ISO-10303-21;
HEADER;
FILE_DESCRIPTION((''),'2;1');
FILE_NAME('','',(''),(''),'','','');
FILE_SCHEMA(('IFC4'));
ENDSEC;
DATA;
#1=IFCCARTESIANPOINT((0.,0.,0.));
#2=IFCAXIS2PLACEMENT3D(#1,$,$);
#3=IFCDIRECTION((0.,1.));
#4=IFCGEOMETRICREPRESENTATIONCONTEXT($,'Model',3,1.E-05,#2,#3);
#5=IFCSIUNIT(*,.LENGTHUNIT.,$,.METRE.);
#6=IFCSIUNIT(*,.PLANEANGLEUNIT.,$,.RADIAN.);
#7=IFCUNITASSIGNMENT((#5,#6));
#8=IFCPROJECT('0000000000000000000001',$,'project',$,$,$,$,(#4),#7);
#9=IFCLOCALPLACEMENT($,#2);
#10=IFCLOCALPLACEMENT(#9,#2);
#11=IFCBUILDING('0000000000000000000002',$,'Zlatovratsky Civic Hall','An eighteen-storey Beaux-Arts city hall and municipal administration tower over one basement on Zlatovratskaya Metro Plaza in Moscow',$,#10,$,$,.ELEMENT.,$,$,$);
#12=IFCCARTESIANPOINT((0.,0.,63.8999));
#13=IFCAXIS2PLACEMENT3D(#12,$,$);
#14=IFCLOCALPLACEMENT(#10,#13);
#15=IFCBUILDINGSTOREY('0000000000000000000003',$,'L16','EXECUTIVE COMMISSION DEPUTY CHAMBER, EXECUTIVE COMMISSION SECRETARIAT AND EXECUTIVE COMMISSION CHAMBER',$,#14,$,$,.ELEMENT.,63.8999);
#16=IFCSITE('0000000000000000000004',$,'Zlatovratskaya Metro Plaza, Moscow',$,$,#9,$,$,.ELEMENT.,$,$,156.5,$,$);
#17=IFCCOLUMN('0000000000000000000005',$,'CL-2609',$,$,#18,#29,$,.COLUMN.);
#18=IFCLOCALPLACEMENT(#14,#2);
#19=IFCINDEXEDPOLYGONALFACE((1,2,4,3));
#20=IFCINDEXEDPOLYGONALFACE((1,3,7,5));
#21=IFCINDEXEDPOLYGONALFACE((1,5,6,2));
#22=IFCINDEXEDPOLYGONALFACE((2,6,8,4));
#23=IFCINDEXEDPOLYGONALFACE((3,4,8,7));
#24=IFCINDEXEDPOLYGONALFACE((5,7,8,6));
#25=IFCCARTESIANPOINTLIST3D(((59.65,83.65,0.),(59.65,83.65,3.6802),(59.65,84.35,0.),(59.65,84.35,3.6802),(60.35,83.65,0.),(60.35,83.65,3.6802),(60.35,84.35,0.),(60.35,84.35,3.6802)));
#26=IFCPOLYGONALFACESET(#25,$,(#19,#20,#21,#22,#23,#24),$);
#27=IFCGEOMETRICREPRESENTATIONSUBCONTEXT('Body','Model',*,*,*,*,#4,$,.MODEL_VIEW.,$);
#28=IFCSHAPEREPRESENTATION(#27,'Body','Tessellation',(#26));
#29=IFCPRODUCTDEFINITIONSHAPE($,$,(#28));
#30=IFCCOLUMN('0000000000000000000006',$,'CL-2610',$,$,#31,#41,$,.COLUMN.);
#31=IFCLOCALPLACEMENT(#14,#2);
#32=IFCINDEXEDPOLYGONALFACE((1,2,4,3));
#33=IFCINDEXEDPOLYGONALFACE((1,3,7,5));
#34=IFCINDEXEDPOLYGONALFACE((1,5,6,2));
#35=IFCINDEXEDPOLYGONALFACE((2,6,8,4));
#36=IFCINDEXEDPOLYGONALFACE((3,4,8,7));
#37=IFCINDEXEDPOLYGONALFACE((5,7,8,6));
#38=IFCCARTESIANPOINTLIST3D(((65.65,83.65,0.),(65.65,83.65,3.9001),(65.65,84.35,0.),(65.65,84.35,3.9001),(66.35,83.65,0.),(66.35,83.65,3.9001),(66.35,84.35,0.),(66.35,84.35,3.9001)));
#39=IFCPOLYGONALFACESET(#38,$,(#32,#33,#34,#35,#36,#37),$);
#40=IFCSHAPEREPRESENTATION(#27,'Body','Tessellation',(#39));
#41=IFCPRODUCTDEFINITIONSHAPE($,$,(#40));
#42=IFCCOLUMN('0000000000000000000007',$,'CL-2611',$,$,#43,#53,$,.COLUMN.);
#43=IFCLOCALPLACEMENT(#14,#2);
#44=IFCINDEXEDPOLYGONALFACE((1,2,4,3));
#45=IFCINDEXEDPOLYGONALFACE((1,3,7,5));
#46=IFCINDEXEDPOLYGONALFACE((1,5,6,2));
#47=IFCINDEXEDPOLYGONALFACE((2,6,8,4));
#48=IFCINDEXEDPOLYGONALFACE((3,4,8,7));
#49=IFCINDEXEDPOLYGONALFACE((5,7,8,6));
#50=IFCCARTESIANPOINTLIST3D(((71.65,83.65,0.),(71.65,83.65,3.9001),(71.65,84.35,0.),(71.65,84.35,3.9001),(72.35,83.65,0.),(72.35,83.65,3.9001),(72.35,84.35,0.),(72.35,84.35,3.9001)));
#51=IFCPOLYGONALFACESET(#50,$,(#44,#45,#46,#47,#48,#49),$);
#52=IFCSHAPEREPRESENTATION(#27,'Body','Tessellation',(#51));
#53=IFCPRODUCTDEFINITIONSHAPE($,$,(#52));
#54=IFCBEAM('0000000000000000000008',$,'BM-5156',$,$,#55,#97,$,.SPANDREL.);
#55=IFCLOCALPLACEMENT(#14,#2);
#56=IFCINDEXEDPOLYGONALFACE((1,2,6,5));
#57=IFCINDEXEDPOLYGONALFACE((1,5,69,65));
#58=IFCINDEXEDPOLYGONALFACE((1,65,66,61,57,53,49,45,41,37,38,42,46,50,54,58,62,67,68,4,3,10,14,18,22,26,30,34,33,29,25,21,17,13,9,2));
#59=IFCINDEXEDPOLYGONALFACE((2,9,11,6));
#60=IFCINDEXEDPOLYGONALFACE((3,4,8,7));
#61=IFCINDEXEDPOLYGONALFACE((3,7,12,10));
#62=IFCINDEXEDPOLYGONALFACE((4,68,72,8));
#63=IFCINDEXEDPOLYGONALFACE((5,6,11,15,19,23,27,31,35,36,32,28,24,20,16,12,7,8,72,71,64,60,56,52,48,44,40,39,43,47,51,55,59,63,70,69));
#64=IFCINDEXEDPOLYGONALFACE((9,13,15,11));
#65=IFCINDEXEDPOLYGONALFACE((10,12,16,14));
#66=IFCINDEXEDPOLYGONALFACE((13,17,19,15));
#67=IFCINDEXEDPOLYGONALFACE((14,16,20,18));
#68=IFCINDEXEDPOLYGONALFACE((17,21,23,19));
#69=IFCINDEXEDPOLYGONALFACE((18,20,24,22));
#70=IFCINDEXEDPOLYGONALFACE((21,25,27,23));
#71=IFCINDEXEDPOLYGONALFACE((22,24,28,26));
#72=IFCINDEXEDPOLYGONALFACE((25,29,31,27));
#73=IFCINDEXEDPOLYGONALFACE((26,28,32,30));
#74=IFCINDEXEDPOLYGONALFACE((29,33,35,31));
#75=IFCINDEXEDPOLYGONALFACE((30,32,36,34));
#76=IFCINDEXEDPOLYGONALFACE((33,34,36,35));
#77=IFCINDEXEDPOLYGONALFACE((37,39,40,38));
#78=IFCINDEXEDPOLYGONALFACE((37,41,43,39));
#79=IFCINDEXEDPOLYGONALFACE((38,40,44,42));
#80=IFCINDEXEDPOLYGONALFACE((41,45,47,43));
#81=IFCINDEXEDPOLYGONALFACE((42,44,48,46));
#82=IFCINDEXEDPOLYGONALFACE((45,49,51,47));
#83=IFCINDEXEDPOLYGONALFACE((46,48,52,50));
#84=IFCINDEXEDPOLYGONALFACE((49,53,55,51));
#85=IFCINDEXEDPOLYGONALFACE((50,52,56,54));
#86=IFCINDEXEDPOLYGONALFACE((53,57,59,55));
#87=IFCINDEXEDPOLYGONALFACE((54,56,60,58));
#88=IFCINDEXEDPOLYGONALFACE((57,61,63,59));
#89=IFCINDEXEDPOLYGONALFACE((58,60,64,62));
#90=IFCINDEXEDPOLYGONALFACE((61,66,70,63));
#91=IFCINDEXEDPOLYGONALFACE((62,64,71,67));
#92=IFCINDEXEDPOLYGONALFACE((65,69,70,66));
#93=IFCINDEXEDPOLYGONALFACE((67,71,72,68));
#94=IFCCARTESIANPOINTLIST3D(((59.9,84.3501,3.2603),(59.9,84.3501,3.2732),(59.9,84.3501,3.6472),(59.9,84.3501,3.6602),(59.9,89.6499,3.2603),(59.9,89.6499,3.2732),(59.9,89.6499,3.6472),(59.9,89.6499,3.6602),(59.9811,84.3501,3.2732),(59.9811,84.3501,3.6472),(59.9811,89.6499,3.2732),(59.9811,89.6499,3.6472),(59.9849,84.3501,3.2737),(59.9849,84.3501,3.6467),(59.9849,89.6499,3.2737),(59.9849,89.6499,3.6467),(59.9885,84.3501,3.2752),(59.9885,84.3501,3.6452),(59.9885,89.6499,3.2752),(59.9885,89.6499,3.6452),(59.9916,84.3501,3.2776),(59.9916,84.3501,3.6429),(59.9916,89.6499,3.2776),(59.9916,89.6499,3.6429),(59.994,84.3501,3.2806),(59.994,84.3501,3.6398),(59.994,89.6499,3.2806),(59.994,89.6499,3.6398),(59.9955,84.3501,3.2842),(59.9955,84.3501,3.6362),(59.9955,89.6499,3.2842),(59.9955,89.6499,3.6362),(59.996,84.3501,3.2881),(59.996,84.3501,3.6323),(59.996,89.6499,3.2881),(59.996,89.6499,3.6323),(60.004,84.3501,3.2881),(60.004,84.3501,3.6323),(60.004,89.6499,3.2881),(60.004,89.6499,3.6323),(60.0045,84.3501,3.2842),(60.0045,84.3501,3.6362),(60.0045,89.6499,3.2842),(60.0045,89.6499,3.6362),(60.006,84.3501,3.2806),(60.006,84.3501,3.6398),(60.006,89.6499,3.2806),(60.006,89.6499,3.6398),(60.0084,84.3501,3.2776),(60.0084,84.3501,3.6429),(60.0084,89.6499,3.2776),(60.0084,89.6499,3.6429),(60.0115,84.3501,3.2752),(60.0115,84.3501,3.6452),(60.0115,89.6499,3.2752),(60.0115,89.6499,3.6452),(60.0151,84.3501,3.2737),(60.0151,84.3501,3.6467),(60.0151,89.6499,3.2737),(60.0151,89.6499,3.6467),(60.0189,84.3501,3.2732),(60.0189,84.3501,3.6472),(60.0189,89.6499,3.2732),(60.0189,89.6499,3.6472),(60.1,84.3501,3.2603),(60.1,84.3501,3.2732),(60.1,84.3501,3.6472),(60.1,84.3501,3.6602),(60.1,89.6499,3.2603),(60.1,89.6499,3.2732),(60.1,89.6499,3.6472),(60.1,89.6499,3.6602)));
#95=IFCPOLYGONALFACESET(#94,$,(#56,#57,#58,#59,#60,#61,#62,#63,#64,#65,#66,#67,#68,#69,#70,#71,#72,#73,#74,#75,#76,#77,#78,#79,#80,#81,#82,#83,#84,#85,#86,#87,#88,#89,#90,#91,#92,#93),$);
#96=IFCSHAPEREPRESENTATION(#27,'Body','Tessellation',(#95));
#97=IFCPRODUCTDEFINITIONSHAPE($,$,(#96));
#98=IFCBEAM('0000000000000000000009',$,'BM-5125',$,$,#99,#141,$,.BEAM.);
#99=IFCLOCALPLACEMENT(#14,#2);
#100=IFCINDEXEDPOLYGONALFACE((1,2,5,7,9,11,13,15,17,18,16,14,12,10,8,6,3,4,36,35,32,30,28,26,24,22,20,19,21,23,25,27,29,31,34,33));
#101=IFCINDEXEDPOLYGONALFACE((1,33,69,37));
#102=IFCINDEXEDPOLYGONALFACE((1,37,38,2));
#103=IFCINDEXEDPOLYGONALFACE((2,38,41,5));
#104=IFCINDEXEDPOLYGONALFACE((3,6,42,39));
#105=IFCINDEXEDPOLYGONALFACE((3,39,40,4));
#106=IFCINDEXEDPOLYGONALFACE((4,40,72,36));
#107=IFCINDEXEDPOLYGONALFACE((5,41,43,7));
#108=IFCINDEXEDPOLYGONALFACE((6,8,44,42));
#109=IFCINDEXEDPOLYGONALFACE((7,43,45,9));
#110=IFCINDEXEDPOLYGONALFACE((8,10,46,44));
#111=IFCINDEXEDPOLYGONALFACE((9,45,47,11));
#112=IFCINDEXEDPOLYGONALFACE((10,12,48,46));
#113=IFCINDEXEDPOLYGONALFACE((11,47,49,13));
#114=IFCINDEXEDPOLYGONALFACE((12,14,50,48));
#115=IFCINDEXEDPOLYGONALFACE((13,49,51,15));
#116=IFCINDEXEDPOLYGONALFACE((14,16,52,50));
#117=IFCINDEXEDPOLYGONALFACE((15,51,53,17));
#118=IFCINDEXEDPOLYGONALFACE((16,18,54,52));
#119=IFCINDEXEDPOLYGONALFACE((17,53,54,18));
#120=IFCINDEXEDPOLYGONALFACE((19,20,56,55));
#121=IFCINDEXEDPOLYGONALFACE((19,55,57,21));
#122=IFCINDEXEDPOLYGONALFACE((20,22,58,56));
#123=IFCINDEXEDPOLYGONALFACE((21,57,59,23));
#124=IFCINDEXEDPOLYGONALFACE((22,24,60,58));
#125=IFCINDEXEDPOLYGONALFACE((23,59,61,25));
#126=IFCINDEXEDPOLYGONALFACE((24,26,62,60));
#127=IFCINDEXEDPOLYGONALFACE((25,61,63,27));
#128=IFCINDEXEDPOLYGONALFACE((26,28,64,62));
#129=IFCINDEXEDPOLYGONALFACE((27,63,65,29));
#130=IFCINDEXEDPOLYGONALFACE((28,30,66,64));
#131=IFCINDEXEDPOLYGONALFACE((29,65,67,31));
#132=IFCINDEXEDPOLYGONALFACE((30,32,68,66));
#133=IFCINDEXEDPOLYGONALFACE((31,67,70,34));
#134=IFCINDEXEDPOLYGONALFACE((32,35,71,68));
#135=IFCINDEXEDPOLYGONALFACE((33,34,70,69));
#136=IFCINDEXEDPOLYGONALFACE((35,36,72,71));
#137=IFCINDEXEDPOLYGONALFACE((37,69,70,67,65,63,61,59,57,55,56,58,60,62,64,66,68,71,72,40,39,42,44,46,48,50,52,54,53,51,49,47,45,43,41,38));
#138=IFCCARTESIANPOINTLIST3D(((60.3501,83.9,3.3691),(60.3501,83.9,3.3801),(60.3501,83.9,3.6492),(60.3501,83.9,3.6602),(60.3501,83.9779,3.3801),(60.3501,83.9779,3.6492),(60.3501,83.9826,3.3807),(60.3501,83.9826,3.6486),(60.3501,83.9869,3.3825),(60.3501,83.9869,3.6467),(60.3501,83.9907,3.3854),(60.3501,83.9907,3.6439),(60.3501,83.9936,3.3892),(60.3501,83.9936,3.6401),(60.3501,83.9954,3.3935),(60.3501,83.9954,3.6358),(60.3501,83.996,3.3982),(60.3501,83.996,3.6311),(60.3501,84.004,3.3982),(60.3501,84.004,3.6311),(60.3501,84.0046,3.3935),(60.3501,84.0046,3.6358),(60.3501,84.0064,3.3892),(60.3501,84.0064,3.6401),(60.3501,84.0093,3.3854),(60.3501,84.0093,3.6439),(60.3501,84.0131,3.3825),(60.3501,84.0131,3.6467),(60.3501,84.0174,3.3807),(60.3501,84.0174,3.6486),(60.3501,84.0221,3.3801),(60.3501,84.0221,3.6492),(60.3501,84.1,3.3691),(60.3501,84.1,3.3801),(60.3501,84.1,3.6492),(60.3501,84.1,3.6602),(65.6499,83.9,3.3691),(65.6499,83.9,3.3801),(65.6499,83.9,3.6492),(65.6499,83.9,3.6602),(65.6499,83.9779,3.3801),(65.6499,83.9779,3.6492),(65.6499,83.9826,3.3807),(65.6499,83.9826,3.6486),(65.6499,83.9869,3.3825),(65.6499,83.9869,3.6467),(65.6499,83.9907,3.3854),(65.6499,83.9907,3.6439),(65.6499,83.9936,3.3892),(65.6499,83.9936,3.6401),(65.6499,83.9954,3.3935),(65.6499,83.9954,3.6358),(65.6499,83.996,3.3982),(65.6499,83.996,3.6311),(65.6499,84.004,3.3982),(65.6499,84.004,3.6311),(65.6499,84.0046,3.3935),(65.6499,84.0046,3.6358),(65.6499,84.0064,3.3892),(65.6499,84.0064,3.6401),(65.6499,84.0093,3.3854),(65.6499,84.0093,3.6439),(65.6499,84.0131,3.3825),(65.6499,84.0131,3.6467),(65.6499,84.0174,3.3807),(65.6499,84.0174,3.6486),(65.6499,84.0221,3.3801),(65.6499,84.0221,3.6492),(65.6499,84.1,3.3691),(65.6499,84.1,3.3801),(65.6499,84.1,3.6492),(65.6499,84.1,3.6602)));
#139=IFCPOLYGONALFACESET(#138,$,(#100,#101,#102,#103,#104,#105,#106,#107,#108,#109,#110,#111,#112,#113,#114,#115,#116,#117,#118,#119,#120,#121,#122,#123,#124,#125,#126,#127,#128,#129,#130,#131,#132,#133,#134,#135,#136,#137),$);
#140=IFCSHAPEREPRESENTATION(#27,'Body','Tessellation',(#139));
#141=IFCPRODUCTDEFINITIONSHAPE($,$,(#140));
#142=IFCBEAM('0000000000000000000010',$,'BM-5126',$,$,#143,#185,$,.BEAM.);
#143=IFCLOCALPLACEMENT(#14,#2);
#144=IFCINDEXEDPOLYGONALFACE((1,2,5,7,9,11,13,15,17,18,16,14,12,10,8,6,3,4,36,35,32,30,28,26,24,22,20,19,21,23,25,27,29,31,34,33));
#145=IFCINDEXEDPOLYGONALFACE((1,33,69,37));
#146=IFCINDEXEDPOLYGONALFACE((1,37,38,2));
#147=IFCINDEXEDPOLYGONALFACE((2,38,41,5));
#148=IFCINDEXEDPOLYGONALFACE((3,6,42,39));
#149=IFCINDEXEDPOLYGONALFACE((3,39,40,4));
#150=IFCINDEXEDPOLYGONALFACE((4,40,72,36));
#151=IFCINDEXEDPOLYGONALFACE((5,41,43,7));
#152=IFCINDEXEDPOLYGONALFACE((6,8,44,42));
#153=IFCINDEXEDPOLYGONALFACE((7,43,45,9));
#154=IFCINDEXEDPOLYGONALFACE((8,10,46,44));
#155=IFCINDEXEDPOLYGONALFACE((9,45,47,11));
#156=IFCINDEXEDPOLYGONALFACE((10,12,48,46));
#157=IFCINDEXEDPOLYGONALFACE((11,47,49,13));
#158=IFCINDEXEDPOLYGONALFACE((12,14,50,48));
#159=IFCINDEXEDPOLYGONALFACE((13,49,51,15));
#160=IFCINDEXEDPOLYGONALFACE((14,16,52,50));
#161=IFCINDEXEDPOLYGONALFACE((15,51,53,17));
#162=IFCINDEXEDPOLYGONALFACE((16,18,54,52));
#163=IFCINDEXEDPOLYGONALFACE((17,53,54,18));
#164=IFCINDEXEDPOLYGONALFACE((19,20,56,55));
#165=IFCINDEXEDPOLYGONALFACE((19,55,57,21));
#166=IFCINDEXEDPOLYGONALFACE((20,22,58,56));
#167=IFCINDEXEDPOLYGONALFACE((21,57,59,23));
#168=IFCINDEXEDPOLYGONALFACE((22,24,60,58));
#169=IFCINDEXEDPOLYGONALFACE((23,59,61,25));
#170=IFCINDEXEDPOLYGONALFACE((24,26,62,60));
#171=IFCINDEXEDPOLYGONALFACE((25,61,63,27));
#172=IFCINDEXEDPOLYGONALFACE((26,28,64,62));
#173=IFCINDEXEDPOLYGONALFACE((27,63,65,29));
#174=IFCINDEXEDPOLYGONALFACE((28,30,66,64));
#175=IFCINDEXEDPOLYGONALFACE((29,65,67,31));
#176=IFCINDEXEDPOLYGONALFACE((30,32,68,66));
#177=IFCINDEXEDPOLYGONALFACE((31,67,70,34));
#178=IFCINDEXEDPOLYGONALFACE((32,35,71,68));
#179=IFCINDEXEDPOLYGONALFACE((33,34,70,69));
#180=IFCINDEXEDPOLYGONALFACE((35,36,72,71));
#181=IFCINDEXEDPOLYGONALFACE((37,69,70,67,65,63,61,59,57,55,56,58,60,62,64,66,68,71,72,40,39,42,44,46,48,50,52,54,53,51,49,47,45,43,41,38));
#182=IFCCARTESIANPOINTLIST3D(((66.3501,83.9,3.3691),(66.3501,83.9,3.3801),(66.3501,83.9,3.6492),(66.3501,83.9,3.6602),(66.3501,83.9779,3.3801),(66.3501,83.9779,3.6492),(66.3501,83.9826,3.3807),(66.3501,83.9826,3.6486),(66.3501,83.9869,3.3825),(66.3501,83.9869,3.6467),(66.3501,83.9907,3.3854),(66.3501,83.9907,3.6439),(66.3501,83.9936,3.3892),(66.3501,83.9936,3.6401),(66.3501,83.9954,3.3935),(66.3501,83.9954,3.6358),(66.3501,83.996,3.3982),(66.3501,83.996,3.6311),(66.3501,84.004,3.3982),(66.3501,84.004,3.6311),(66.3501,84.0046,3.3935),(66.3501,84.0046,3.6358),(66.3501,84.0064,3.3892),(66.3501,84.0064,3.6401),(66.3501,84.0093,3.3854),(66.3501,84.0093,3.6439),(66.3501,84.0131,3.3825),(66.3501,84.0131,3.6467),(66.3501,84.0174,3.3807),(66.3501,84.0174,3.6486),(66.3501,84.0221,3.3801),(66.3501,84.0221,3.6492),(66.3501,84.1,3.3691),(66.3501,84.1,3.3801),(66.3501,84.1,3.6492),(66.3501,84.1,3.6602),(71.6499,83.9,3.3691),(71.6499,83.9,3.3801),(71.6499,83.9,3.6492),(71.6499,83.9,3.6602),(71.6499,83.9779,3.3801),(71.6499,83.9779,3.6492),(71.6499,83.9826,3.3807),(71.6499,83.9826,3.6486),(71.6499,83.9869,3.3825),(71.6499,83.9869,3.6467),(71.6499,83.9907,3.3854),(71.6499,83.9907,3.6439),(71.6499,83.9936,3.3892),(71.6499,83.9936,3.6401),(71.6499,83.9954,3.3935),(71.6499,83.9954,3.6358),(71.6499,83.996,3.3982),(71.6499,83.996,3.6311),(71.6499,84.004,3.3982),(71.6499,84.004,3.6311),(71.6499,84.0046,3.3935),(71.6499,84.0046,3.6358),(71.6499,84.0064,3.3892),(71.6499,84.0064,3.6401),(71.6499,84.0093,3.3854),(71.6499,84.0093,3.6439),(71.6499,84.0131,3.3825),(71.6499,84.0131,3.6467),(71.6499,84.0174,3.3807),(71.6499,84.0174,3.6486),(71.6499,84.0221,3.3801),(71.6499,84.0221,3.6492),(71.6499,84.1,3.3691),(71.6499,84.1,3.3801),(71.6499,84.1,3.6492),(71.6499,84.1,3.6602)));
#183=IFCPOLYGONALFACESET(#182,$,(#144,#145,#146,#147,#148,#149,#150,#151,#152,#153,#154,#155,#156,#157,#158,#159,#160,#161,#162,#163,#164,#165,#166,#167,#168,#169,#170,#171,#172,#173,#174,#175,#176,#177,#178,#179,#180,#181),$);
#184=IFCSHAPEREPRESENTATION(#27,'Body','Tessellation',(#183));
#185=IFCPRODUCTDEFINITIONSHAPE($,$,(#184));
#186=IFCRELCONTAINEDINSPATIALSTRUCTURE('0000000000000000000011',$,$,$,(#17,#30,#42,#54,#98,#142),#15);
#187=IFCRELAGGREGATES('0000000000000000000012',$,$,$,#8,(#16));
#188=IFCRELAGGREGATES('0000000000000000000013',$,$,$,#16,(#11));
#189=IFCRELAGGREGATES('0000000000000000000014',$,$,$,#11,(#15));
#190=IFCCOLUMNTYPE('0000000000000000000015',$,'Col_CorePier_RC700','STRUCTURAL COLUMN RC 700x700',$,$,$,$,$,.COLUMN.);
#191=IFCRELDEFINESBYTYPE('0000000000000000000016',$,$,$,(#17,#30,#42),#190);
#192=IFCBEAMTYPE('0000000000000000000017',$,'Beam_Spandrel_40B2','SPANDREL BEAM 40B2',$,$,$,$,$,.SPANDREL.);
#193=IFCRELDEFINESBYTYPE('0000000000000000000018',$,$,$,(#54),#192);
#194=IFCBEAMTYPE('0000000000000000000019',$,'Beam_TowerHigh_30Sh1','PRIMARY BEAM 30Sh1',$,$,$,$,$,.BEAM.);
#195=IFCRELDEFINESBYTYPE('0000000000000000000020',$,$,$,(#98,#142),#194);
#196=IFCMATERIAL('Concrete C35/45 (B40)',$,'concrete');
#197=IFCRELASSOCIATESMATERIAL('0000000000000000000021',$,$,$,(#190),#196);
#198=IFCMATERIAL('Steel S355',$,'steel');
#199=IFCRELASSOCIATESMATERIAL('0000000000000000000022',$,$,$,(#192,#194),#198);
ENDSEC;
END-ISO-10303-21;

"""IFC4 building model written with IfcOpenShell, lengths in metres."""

from ifc_helpers import new_model, si_unit, direction, frame, origin, origin_2d, place, context, subcontext, project, spatial, rectangle, i_section, extrude, material, material_profile, profile_set, type_object, element, save


model = new_model("IFC4")

# Units and contexts
model_context = context("Model", 3, precision=1e-05, world=origin(), true_north=direction((0.0, 1.0)))
body_context = subcontext(model_context, "Body", "Model", "MODEL_VIEW")
ifc_project = project(units=[si_unit("LENGTHUNIT", "METRE"), si_unit("PLANEANGLEUNIT", "RADIAN")], contexts=[model_context])

# Site, building, storey
site_placement = place(None, origin())
site = spatial("IfcSite", under=ifc_project, at=site_placement, Name="Zlatovratskaya Metro Plaza, Moscow", CompositionType="ELEMENT", RefElevation=156.5)
building_placement = place(site_placement, origin())
building = spatial("IfcBuilding", under=site, at=building_placement, Name="Zlatovratsky Civic Hall", Description="An eighteen-storey Beaux-Arts city hall and municipal administration tower over one basement on Zlatovratskaya Metro Plaza in Moscow", CompositionType="ELEMENT")
storey_placement = place(building_placement, frame((0.0, 0.0, 63.8999)))
storey = spatial("IfcBuildingStorey", under=building, at=storey_placement, Name="L16", Description="EXECUTIVE COMMISSION DEPUTY CHAMBER, EXECUTIVE COMMISSION SECRETARIAT AND EXECUTIVE COMMISSION CHAMBER", CompositionType="ELEMENT", Elevation=63.8999)

# Columns
ifc_material_1 = material(Name="Concrete C35/45 (B40)", Category="concrete")
ifc_material_profile_1 = material_profile(ifc_material_1, rectangle(XDim=0.7, YDim=0.7, at=origin_2d()), Name="RC 700x700")
ifc_profile_set_1 = profile_set([ifc_material_profile_1], Name="Concrete C35/45 (B40)")
column_type = type_object("IfcColumnType", Name="Col_CorePier_RC700", Description="STRUCTURAL COLUMN RC 700x700", PredefinedType="COLUMN", material=ifc_profile_set_1)
column_placement = place(storey_placement, frame((60.0, 84.0, 0.0), z_axis=(0.0, 0.0, 1.0), x_axis=(1.0, 0.0, 0.0)))
element("IfcColumn", 1, at=column_placement, inside=storey, type_object=column_type, Name="CL-2609", PredefinedType="COLUMN", context=body_context, shape_type="SweptSolid", body=[
    extrude(rectangle(XDim=0.7, YDim=0.7, at=origin_2d()), origin(), (0.0, 0.0, 1.0), 3.6802),
])
for number, where, z_axis, x_axis, name in (
    (2, (66.0, 84.0, 0.0), (0.0, 0.0, 1.0), (1.0, 0.0, 0.0), "CL-2610"),
    (3, (72.0, 84.0, 0.0), (0.0, 0.0, 1.0), (1.0, 0.0, 0.0), "CL-2611"),
):
    element("IfcColumn", number, at=place(storey_placement, frame(where, z_axis=z_axis, x_axis=x_axis)), inside=storey, type_object=column_type, Name=name, PredefinedType="COLUMN", context=body_context, shape_type="SweptSolid", body=[
        extrude(rectangle(XDim=0.7, YDim=0.7, at=origin_2d()), origin(), (0.0, 0.0, 1.0), 3.9001),
    ])

# Beams
ifc_material_2 = material(Name="Steel S355", Category="steel")
ifc_material_profile_2 = material_profile(ifc_material_2, i_section(OverallWidth=0.2, OverallDepth=0.3999, WebThickness=0.0081, FlangeThickness=0.0129, FilletRadius=0.0149, at=origin_2d()), Name="40B2")
ifc_profile_set_2 = profile_set([ifc_material_profile_2], Name="Steel S355")
beam_type_1 = type_object("IfcBeamType", Name="Beam_Spandrel_40B2", Description="SPANDREL BEAM 40B2", PredefinedType="SPANDREL", material=ifc_profile_set_2)
beam_placement = place(storey_placement, frame((60.0, 84.3501, 3.4602), z_axis=(0.0, 1.0, 0.0), x_axis=(-1.0, 0.0, 0.0)))
element("IfcBeam", 4, at=beam_placement, inside=storey, type_object=beam_type_1, Name="BM-5156", PredefinedType="SPANDREL", context=body_context, shape_type="SweptSolid", body=[
    extrude(i_section(OverallWidth=0.2, OverallDepth=0.3999, WebThickness=0.0081, FlangeThickness=0.0129, FilletRadius=0.0149, at=origin_2d()), origin(), (0.0, 0.0, 1.0), 5.2998),
])
ifc_material_profile_3 = material_profile(ifc_material_2, i_section(OverallWidth=0.2, OverallDepth=0.291, WebThickness=0.0081, FlangeThickness=0.011, FilletRadius=0.0181, at=origin_2d()), Name="30Sh1")
ifc_profile_set_3 = profile_set([ifc_material_profile_3], Name="Steel S355")
beam_type_2 = type_object("IfcBeamType", Name="Beam_TowerHigh_30Sh1", Description="PRIMARY BEAM 30Sh1", PredefinedType="BEAM", material=ifc_profile_set_3)
for number, where, z_axis, x_axis, name in (
    (5, (60.3501, 84.0, 3.5146), (1.0, 0.0, 0.0), (0.0, 1.0, 0.0), "BM-5125"),
    (6, (66.3501, 84.0, 3.5146), (1.0, 0.0, 0.0), (0.0, 1.0, 0.0), "BM-5126"),
):
    element("IfcBeam", number, at=place(storey_placement, frame(where, z_axis=z_axis, x_axis=x_axis)), inside=storey, type_object=beam_type_2, Name=name, PredefinedType="BEAM", context=body_context, shape_type="SweptSolid", body=[
        extrude(i_section(OverallWidth=0.2, OverallDepth=0.291, WebThickness=0.0081, FlangeThickness=0.011, FilletRadius=0.0181, at=origin_2d()), origin(), (0.0, 0.0, 1.0), 5.2998),
    ])

save(model, "model.ifc")
